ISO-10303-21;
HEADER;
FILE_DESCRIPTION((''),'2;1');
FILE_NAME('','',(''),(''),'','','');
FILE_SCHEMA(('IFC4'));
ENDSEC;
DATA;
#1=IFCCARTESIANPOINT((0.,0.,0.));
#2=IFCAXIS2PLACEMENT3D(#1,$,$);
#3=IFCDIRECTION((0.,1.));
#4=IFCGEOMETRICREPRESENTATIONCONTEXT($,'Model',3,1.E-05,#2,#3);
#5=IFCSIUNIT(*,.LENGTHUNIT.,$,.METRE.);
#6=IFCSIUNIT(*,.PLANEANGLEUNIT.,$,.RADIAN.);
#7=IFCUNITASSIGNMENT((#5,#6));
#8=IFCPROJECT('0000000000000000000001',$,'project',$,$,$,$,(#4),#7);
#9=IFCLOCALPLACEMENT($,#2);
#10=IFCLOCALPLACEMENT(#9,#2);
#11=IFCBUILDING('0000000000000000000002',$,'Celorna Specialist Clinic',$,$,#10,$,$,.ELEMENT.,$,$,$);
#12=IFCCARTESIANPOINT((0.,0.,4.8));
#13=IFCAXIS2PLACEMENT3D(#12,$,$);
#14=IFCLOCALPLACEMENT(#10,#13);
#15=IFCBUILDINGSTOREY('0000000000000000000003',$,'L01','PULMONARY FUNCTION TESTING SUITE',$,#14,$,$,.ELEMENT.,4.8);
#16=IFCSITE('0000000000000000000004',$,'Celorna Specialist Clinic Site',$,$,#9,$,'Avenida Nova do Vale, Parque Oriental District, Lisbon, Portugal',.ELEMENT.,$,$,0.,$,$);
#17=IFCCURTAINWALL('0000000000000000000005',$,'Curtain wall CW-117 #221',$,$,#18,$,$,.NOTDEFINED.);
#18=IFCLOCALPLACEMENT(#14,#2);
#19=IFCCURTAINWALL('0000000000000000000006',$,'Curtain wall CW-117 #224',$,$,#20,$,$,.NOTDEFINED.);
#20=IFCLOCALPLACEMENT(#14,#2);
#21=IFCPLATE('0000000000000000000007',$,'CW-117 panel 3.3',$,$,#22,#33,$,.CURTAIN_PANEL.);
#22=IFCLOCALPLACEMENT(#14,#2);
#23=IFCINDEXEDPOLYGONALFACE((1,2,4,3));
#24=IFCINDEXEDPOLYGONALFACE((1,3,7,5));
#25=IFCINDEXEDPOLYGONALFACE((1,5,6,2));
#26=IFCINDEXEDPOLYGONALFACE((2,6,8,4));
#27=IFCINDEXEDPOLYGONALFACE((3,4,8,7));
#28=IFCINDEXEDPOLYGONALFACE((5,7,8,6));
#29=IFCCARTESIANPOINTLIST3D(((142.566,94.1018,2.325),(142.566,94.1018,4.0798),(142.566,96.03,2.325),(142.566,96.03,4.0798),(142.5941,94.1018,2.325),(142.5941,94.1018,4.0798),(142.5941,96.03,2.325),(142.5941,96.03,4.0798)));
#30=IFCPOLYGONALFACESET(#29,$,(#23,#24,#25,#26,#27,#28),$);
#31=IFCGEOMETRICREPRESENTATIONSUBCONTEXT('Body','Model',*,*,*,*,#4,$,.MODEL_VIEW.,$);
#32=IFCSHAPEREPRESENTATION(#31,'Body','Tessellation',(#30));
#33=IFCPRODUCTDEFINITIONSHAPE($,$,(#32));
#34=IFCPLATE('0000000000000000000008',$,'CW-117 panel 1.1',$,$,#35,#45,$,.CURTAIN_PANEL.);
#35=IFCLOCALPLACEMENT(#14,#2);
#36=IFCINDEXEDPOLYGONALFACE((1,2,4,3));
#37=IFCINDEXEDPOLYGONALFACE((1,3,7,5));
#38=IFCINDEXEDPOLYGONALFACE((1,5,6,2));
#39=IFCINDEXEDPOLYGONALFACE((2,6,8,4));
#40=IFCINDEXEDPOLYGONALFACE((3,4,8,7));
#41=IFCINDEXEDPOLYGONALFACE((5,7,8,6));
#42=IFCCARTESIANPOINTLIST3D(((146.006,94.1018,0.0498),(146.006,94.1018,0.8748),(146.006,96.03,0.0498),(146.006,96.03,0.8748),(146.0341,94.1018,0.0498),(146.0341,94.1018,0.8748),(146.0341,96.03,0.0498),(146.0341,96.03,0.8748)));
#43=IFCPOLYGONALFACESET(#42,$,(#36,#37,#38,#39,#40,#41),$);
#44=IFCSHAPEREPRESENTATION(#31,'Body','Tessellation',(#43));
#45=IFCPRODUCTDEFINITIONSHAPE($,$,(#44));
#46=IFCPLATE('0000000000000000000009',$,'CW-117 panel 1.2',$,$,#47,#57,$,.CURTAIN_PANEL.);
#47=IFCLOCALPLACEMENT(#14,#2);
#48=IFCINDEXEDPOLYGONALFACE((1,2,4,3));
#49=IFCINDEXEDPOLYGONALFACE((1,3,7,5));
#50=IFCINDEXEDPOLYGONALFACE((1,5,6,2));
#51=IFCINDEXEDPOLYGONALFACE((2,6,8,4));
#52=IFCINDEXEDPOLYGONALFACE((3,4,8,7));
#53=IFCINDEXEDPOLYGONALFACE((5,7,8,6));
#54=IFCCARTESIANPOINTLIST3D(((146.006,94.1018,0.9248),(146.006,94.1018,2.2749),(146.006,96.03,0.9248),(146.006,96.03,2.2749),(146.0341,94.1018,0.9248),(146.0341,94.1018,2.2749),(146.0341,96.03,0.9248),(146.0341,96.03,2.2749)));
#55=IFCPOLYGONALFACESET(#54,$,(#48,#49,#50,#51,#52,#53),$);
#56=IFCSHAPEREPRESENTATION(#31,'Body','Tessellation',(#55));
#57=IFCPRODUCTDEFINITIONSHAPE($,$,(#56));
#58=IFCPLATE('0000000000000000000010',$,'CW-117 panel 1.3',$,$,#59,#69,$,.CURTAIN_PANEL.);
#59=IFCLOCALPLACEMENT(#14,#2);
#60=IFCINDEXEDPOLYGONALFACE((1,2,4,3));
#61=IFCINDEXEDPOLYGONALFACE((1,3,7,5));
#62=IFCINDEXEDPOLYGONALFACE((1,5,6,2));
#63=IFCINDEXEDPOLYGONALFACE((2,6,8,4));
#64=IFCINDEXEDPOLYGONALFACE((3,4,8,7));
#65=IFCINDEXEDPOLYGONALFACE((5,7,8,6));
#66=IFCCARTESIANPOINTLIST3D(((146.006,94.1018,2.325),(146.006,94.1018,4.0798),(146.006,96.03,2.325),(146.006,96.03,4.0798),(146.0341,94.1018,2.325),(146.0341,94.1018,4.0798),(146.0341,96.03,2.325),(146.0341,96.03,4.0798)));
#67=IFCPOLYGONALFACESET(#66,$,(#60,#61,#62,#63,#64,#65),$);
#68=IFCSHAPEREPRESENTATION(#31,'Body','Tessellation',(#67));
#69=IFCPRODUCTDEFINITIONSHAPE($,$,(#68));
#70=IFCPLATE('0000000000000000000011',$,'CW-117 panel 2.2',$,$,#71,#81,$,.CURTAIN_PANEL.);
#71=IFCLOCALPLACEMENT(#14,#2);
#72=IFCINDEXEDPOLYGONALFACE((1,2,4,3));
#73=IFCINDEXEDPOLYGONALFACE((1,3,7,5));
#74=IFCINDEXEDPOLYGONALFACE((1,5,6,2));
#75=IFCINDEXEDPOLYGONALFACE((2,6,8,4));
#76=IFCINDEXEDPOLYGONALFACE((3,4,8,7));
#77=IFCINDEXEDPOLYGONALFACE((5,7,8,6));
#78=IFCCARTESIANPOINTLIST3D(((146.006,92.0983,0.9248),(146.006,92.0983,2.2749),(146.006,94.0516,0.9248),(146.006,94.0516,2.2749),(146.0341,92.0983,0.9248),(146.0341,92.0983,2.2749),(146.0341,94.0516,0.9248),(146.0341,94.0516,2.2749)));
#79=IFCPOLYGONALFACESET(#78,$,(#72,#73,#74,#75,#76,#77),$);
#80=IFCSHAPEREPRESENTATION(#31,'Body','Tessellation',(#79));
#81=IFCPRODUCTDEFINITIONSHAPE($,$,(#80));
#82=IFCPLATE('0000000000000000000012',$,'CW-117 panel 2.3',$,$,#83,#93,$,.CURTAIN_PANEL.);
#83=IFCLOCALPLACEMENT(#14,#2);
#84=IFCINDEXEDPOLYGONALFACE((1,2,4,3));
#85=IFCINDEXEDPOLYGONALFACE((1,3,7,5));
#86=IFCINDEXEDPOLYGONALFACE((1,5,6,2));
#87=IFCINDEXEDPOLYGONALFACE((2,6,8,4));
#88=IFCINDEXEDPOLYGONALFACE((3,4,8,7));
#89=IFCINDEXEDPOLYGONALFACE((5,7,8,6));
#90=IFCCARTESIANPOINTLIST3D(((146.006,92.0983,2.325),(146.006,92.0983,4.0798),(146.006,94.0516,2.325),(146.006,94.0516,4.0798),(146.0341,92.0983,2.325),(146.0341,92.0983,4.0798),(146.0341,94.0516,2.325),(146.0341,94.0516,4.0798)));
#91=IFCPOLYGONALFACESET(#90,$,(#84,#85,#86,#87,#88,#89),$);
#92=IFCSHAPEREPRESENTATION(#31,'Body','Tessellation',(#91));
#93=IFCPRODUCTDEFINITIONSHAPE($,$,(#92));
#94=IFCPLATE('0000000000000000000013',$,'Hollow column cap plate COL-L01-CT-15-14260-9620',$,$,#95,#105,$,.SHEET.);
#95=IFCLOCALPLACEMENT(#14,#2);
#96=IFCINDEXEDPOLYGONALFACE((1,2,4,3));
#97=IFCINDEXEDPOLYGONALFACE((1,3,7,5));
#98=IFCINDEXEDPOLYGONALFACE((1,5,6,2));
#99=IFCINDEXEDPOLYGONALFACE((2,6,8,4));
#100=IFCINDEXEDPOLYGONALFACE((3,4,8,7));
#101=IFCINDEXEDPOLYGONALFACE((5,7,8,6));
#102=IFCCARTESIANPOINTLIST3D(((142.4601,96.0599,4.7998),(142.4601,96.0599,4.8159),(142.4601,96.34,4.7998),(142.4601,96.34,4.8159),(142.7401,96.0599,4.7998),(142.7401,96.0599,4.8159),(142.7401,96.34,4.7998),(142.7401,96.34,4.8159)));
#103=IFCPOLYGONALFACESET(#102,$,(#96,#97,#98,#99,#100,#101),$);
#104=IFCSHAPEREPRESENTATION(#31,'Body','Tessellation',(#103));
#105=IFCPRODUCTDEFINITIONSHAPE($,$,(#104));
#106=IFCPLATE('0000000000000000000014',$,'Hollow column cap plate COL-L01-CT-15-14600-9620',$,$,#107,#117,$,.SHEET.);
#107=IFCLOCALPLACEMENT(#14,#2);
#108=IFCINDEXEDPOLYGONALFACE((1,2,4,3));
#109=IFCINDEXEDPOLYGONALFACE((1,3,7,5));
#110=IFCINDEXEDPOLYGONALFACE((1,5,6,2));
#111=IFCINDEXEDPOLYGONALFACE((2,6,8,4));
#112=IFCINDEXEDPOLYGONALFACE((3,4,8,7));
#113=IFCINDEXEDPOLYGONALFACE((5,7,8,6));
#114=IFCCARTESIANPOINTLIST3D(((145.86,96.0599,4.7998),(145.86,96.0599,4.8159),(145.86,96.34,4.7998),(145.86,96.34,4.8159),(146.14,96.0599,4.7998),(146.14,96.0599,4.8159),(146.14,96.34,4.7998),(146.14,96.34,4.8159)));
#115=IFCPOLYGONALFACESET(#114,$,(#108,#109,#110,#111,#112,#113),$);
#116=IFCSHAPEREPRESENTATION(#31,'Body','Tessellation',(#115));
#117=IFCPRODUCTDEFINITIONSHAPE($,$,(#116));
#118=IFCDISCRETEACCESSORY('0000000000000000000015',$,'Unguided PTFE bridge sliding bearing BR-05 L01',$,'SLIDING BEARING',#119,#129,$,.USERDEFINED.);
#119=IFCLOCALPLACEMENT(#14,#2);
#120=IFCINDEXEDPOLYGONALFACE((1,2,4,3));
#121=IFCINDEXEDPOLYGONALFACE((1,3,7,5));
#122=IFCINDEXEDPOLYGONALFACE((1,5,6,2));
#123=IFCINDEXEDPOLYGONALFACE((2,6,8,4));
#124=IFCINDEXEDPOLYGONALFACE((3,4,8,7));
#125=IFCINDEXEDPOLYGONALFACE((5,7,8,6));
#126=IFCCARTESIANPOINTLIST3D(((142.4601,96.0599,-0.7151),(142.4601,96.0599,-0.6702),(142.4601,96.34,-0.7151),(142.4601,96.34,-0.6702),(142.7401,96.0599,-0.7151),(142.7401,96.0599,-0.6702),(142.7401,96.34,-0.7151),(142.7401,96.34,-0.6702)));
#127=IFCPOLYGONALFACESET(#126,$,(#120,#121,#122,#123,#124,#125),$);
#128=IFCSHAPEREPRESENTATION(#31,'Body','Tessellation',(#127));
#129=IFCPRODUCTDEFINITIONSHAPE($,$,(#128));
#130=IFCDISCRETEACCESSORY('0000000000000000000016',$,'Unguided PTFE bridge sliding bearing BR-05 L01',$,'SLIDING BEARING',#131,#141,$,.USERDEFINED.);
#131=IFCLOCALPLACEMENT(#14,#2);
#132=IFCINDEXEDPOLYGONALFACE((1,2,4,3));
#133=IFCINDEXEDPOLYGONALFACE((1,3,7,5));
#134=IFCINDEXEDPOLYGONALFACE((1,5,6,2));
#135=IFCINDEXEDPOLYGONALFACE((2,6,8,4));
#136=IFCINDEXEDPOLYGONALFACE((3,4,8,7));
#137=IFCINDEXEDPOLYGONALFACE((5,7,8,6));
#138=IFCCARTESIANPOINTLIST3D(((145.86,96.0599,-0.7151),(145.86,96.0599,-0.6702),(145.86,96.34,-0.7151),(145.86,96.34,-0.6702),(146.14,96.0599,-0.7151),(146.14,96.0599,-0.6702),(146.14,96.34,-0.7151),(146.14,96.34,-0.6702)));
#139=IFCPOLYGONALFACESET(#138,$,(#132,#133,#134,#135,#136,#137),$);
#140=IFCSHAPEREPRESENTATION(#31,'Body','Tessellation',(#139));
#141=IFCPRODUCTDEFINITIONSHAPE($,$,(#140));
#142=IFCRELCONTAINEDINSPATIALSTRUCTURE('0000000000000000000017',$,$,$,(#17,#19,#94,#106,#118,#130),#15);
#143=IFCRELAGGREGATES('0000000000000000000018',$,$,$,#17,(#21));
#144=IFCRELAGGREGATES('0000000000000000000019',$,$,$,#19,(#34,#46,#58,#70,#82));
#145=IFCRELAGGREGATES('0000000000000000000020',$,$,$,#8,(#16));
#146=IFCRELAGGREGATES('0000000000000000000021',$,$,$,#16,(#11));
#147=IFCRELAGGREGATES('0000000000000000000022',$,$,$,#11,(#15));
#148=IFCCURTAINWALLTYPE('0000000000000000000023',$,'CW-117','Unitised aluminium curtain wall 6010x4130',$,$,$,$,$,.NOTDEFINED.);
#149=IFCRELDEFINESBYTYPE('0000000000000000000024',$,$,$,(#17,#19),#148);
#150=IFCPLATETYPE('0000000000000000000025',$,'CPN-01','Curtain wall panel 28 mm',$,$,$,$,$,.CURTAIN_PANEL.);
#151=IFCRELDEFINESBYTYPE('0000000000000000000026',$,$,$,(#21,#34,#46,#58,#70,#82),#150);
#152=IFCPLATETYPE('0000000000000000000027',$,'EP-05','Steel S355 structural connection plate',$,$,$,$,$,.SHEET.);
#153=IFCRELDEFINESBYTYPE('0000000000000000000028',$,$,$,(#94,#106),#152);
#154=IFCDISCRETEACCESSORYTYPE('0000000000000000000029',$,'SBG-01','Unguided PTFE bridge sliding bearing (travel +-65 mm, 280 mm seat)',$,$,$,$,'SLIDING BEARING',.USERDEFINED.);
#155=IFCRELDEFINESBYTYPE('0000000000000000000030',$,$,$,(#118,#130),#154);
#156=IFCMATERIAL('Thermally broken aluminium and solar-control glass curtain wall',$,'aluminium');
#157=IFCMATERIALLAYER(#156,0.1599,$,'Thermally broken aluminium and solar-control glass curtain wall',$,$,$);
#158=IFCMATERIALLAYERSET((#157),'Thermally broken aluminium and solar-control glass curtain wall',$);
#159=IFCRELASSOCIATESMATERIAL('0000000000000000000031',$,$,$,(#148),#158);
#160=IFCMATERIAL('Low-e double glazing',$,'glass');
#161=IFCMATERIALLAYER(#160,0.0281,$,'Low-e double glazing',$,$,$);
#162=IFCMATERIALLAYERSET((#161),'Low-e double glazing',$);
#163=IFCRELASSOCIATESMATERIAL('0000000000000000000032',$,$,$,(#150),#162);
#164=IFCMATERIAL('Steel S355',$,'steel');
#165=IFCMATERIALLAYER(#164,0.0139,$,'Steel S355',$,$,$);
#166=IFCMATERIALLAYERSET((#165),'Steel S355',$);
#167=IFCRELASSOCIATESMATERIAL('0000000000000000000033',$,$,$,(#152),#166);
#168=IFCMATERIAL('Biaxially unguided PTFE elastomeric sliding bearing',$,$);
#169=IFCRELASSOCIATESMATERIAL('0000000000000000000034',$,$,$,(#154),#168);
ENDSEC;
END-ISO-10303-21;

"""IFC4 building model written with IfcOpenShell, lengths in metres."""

from ifc_helpers import new_model, si_unit, direction, frame, origin, origin_2d, place, context, subcontext, project, spatial, rectangle, extrude, material, layer, layer_set, type_object, element, aggregate, save


model = new_model("IFC4")

# Units and contexts
model_context = context("Model", 3, precision=1e-05, world=origin(), true_north=direction((0.0, 1.0)))
body_context = subcontext(model_context, "Body", "Model", "MODEL_VIEW")
ifc_project = project(units=[si_unit("LENGTHUNIT", "METRE"), si_unit("PLANEANGLEUNIT", "RADIAN")], contexts=[model_context])

# Site, building, storey
site_placement = place(None, origin())
site = spatial("IfcSite", under=ifc_project, at=site_placement, Name="Celorna Specialist Clinic Site", LongName="Avenida Nova do Vale, Parque Oriental District, Lisbon, Portugal", CompositionType="ELEMENT", RefElevation=0.0)
building_placement = place(site_placement, origin())
building = spatial("IfcBuilding", under=site, at=building_placement, Name="Celorna Specialist Clinic", CompositionType="ELEMENT")
storey_placement = place(building_placement, frame((0.0, 0.0, 4.8)))
storey = spatial("IfcBuildingStorey", under=building, at=storey_placement, Name="L01", Description="PULMONARY FUNCTION TESTING SUITE", CompositionType="ELEMENT", Elevation=4.8)

# Shared definitions
ifc_material_1 = material(Name="Steel S355", Category="steel")

# Curtain wall
ifc_material_2 = material(Name="Thermally broken aluminium and solar-control glass curtain wall", Category="aluminium")
ifc_layer_1 = layer(ifc_material_2, 0.1599, Name="Thermally broken aluminium and solar-control glass curtain wall")
ifc_layer_set_1 = layer_set([ifc_layer_1], Name="Thermally broken aluminium and solar-control glass curtain wall")
curtain_wall_type_1 = type_object("IfcCurtainWallType", Name="CW-117", Description="Unitised aluminium curtain wall 6010x4130", PredefinedType="NOTDEFINED", material=ifc_layer_set_1)
curtain_wall_1_placement = place(storey_placement, origin())
curtain_wall_1 = element("IfcCurtainWall", 1, at=curtain_wall_1_placement, inside=storey, type_object=curtain_wall_type_1, Name="Curtain wall CW-117 #221", PredefinedType="NOTDEFINED")

# Curtain wall
curtain_wall_2_placement = place(storey_placement, origin())
curtain_wall_2 = element("IfcCurtainWall", 2, at=curtain_wall_2_placement, inside=storey, type_object=curtain_wall_type_1, Name="Curtain wall CW-117 #224", PredefinedType="NOTDEFINED")

# Plates
ifc_material_3 = material(Name="Low-e double glazing", Category="glass")
ifc_layer_2 = layer(ifc_material_3, 0.0281, Name="Low-e double glazing")
ifc_layer_set_2 = layer_set([ifc_layer_2], Name="Low-e double glazing")
plate_type_1 = type_object("IfcPlateType", Name="CPN-01", Description="Curtain wall panel 28 mm", PredefinedType="CURTAIN_PANEL", material=ifc_layer_set_2)
plate_1_placement = place(storey_placement, frame((142.5801, 95.0659, 2.325), z_axis=(0.0, 0.0, 1.0), x_axis=(0.0, 1.0, 0.0)))
plate_1 = element("IfcPlate", 3, at=plate_1_placement, type_object=plate_type_1, Name="CW-117 panel 3.3", PredefinedType="CURTAIN_PANEL", context=body_context, shape_type="SweptSolid", body=[
    extrude(rectangle(XDim=1.9282, YDim=0.0281, at=origin_2d()), origin(), (0.0, 0.0, 1.0), 1.7549),
])
aggregate(curtain_wall_1, [plate_1])
plate_2_placement = place(storey_placement, frame((146.02, 95.0659, 0.0498), z_axis=(0.0, 0.0, 1.0), x_axis=(0.0, -1.0, 0.0)))
plate_2 = element("IfcPlate", 4, at=plate_2_placement, type_object=plate_type_1, Name="CW-117 panel 1.1", PredefinedType="CURTAIN_PANEL", context=body_context, shape_type="SweptSolid", body=[
    extrude(rectangle(XDim=1.9282, YDim=0.0281, at=origin_2d()), origin(), (0.0, 0.0, 1.0), 0.825),
])
plate_3_placement = place(storey_placement, frame((146.02, 95.0659, 0.9248), z_axis=(0.0, 0.0, 1.0), x_axis=(0.0, -1.0, 0.0)))
plate_3 = element("IfcPlate", 5, at=plate_3_placement, type_object=plate_type_1, Name="CW-117 panel 1.2", PredefinedType="CURTAIN_PANEL", context=body_context, shape_type="SweptSolid", body=[
    extrude(rectangle(XDim=1.9282, YDim=0.0281, at=origin_2d()), origin(), (0.0, 0.0, 1.0), 1.3501),
])
plate_4_placement = place(storey_placement, frame((146.02, 95.0659, 2.325), z_axis=(0.0, 0.0, 1.0), x_axis=(0.0, -1.0, 0.0)))
plate_4 = element("IfcPlate", 6, at=plate_4_placement, type_object=plate_type_1, Name="CW-117 panel 1.3", PredefinedType="CURTAIN_PANEL", context=body_context, shape_type="SweptSolid", body=[
    extrude(rectangle(XDim=1.9282, YDim=0.0281, at=origin_2d()), origin(), (0.0, 0.0, 1.0), 1.7549),
])
plate_5_placement = place(storey_placement, frame((146.02, 93.075, 0.9248), z_axis=(0.0, 0.0, 1.0), x_axis=(0.0, -1.0, 0.0)))
plate_5 = element("IfcPlate", 7, at=plate_5_placement, type_object=plate_type_1, Name="CW-117 panel 2.2", PredefinedType="CURTAIN_PANEL", context=body_context, shape_type="SweptSolid", body=[
    extrude(rectangle(XDim=1.9534, YDim=0.0281, at=origin_2d()), origin(), (0.0, 0.0, 1.0), 1.3501),
])
plate_6_placement = place(storey_placement, frame((146.02, 93.075, 2.325), z_axis=(0.0, 0.0, 1.0), x_axis=(0.0, -1.0, 0.0)))
plate_6 = element("IfcPlate", 8, at=plate_6_placement, type_object=plate_type_1, Name="CW-117 panel 2.3", PredefinedType="CURTAIN_PANEL", context=body_context, shape_type="SweptSolid", body=[
    extrude(rectangle(XDim=1.9534, YDim=0.0281, at=origin_2d()), origin(), (0.0, 0.0, 1.0), 1.7549),
])
aggregate(curtain_wall_2, [plate_2, plate_3, plate_4, plate_5, plate_6])

# Plates
ifc_layer_3 = layer(ifc_material_1, 0.0139, Name="Steel S355")
ifc_layer_set_3 = layer_set([ifc_layer_3], Name="Steel S355")
plate_type_2 = type_object("IfcPlateType", Name="EP-05", Description="Steel S355 structural connection plate", PredefinedType="SHEET", material=ifc_layer_set_3)
for number, where, z_axis, x_axis, name in (
    (9, (142.6001, 96.2, 4.7998), (0.0, 0.0, 1.0), (1.0, 0.0, 0.0), "Hollow column cap plate COL-L01-CT-15-14260-9620"),
    (10, (146.0, 96.2, 4.7998), (0.0, 0.0, 1.0), (1.0, 0.0, 0.0), "Hollow column cap plate COL-L01-CT-15-14600-9620"),
):
    element("IfcPlate", number, at=place(storey_placement, frame(where, z_axis=z_axis, x_axis=x_axis)), inside=storey, type_object=plate_type_2, Name=name, PredefinedType="SHEET", context=body_context, shape_type="SweptSolid", body=[
        extrude(rectangle(XDim=0.28, YDim=0.28, at=origin_2d()), origin(), (0.0, 0.0, 1.0), 0.0161),
    ])

# Discrete accessories
ifc_material_4 = material(Name="Biaxially unguided PTFE elastomeric sliding bearing")
discrete_accessory_type = type_object("IfcDiscreteAccessoryType", Name="SBG-01", Description="Unguided PTFE bridge sliding bearing (travel +-65 mm, 280 mm seat)", ElementType="SLIDING BEARING", PredefinedType="USERDEFINED", material=ifc_material_4)
for number, where, z_axis, x_axis, name in (
    (11, (142.6001, 96.2, -0.7151), (0.0, 0.0, 1.0), (1.0, 0.0, 0.0), "Unguided PTFE bridge sliding bearing BR-05 L01"),
    (12, (146.0, 96.2, -0.7151), (0.0, 0.0, 1.0), (1.0, 0.0, 0.0), "Unguided PTFE bridge sliding bearing BR-05 L01"),
):
    element("IfcDiscreteAccessory", number, at=place(storey_placement, frame(where, z_axis=z_axis, x_axis=x_axis)), inside=storey, type_object=discrete_accessory_type, Name=name, ObjectType="SLIDING BEARING", PredefinedType="USERDEFINED", context=body_context, shape_type="SweptSolid", body=[
        extrude(rectangle(XDim=0.28, YDim=0.28, at=origin_2d()), origin(), (0.0, 0.0, 1.0), 0.0449),
    ])

save(model, "model.ifc")
